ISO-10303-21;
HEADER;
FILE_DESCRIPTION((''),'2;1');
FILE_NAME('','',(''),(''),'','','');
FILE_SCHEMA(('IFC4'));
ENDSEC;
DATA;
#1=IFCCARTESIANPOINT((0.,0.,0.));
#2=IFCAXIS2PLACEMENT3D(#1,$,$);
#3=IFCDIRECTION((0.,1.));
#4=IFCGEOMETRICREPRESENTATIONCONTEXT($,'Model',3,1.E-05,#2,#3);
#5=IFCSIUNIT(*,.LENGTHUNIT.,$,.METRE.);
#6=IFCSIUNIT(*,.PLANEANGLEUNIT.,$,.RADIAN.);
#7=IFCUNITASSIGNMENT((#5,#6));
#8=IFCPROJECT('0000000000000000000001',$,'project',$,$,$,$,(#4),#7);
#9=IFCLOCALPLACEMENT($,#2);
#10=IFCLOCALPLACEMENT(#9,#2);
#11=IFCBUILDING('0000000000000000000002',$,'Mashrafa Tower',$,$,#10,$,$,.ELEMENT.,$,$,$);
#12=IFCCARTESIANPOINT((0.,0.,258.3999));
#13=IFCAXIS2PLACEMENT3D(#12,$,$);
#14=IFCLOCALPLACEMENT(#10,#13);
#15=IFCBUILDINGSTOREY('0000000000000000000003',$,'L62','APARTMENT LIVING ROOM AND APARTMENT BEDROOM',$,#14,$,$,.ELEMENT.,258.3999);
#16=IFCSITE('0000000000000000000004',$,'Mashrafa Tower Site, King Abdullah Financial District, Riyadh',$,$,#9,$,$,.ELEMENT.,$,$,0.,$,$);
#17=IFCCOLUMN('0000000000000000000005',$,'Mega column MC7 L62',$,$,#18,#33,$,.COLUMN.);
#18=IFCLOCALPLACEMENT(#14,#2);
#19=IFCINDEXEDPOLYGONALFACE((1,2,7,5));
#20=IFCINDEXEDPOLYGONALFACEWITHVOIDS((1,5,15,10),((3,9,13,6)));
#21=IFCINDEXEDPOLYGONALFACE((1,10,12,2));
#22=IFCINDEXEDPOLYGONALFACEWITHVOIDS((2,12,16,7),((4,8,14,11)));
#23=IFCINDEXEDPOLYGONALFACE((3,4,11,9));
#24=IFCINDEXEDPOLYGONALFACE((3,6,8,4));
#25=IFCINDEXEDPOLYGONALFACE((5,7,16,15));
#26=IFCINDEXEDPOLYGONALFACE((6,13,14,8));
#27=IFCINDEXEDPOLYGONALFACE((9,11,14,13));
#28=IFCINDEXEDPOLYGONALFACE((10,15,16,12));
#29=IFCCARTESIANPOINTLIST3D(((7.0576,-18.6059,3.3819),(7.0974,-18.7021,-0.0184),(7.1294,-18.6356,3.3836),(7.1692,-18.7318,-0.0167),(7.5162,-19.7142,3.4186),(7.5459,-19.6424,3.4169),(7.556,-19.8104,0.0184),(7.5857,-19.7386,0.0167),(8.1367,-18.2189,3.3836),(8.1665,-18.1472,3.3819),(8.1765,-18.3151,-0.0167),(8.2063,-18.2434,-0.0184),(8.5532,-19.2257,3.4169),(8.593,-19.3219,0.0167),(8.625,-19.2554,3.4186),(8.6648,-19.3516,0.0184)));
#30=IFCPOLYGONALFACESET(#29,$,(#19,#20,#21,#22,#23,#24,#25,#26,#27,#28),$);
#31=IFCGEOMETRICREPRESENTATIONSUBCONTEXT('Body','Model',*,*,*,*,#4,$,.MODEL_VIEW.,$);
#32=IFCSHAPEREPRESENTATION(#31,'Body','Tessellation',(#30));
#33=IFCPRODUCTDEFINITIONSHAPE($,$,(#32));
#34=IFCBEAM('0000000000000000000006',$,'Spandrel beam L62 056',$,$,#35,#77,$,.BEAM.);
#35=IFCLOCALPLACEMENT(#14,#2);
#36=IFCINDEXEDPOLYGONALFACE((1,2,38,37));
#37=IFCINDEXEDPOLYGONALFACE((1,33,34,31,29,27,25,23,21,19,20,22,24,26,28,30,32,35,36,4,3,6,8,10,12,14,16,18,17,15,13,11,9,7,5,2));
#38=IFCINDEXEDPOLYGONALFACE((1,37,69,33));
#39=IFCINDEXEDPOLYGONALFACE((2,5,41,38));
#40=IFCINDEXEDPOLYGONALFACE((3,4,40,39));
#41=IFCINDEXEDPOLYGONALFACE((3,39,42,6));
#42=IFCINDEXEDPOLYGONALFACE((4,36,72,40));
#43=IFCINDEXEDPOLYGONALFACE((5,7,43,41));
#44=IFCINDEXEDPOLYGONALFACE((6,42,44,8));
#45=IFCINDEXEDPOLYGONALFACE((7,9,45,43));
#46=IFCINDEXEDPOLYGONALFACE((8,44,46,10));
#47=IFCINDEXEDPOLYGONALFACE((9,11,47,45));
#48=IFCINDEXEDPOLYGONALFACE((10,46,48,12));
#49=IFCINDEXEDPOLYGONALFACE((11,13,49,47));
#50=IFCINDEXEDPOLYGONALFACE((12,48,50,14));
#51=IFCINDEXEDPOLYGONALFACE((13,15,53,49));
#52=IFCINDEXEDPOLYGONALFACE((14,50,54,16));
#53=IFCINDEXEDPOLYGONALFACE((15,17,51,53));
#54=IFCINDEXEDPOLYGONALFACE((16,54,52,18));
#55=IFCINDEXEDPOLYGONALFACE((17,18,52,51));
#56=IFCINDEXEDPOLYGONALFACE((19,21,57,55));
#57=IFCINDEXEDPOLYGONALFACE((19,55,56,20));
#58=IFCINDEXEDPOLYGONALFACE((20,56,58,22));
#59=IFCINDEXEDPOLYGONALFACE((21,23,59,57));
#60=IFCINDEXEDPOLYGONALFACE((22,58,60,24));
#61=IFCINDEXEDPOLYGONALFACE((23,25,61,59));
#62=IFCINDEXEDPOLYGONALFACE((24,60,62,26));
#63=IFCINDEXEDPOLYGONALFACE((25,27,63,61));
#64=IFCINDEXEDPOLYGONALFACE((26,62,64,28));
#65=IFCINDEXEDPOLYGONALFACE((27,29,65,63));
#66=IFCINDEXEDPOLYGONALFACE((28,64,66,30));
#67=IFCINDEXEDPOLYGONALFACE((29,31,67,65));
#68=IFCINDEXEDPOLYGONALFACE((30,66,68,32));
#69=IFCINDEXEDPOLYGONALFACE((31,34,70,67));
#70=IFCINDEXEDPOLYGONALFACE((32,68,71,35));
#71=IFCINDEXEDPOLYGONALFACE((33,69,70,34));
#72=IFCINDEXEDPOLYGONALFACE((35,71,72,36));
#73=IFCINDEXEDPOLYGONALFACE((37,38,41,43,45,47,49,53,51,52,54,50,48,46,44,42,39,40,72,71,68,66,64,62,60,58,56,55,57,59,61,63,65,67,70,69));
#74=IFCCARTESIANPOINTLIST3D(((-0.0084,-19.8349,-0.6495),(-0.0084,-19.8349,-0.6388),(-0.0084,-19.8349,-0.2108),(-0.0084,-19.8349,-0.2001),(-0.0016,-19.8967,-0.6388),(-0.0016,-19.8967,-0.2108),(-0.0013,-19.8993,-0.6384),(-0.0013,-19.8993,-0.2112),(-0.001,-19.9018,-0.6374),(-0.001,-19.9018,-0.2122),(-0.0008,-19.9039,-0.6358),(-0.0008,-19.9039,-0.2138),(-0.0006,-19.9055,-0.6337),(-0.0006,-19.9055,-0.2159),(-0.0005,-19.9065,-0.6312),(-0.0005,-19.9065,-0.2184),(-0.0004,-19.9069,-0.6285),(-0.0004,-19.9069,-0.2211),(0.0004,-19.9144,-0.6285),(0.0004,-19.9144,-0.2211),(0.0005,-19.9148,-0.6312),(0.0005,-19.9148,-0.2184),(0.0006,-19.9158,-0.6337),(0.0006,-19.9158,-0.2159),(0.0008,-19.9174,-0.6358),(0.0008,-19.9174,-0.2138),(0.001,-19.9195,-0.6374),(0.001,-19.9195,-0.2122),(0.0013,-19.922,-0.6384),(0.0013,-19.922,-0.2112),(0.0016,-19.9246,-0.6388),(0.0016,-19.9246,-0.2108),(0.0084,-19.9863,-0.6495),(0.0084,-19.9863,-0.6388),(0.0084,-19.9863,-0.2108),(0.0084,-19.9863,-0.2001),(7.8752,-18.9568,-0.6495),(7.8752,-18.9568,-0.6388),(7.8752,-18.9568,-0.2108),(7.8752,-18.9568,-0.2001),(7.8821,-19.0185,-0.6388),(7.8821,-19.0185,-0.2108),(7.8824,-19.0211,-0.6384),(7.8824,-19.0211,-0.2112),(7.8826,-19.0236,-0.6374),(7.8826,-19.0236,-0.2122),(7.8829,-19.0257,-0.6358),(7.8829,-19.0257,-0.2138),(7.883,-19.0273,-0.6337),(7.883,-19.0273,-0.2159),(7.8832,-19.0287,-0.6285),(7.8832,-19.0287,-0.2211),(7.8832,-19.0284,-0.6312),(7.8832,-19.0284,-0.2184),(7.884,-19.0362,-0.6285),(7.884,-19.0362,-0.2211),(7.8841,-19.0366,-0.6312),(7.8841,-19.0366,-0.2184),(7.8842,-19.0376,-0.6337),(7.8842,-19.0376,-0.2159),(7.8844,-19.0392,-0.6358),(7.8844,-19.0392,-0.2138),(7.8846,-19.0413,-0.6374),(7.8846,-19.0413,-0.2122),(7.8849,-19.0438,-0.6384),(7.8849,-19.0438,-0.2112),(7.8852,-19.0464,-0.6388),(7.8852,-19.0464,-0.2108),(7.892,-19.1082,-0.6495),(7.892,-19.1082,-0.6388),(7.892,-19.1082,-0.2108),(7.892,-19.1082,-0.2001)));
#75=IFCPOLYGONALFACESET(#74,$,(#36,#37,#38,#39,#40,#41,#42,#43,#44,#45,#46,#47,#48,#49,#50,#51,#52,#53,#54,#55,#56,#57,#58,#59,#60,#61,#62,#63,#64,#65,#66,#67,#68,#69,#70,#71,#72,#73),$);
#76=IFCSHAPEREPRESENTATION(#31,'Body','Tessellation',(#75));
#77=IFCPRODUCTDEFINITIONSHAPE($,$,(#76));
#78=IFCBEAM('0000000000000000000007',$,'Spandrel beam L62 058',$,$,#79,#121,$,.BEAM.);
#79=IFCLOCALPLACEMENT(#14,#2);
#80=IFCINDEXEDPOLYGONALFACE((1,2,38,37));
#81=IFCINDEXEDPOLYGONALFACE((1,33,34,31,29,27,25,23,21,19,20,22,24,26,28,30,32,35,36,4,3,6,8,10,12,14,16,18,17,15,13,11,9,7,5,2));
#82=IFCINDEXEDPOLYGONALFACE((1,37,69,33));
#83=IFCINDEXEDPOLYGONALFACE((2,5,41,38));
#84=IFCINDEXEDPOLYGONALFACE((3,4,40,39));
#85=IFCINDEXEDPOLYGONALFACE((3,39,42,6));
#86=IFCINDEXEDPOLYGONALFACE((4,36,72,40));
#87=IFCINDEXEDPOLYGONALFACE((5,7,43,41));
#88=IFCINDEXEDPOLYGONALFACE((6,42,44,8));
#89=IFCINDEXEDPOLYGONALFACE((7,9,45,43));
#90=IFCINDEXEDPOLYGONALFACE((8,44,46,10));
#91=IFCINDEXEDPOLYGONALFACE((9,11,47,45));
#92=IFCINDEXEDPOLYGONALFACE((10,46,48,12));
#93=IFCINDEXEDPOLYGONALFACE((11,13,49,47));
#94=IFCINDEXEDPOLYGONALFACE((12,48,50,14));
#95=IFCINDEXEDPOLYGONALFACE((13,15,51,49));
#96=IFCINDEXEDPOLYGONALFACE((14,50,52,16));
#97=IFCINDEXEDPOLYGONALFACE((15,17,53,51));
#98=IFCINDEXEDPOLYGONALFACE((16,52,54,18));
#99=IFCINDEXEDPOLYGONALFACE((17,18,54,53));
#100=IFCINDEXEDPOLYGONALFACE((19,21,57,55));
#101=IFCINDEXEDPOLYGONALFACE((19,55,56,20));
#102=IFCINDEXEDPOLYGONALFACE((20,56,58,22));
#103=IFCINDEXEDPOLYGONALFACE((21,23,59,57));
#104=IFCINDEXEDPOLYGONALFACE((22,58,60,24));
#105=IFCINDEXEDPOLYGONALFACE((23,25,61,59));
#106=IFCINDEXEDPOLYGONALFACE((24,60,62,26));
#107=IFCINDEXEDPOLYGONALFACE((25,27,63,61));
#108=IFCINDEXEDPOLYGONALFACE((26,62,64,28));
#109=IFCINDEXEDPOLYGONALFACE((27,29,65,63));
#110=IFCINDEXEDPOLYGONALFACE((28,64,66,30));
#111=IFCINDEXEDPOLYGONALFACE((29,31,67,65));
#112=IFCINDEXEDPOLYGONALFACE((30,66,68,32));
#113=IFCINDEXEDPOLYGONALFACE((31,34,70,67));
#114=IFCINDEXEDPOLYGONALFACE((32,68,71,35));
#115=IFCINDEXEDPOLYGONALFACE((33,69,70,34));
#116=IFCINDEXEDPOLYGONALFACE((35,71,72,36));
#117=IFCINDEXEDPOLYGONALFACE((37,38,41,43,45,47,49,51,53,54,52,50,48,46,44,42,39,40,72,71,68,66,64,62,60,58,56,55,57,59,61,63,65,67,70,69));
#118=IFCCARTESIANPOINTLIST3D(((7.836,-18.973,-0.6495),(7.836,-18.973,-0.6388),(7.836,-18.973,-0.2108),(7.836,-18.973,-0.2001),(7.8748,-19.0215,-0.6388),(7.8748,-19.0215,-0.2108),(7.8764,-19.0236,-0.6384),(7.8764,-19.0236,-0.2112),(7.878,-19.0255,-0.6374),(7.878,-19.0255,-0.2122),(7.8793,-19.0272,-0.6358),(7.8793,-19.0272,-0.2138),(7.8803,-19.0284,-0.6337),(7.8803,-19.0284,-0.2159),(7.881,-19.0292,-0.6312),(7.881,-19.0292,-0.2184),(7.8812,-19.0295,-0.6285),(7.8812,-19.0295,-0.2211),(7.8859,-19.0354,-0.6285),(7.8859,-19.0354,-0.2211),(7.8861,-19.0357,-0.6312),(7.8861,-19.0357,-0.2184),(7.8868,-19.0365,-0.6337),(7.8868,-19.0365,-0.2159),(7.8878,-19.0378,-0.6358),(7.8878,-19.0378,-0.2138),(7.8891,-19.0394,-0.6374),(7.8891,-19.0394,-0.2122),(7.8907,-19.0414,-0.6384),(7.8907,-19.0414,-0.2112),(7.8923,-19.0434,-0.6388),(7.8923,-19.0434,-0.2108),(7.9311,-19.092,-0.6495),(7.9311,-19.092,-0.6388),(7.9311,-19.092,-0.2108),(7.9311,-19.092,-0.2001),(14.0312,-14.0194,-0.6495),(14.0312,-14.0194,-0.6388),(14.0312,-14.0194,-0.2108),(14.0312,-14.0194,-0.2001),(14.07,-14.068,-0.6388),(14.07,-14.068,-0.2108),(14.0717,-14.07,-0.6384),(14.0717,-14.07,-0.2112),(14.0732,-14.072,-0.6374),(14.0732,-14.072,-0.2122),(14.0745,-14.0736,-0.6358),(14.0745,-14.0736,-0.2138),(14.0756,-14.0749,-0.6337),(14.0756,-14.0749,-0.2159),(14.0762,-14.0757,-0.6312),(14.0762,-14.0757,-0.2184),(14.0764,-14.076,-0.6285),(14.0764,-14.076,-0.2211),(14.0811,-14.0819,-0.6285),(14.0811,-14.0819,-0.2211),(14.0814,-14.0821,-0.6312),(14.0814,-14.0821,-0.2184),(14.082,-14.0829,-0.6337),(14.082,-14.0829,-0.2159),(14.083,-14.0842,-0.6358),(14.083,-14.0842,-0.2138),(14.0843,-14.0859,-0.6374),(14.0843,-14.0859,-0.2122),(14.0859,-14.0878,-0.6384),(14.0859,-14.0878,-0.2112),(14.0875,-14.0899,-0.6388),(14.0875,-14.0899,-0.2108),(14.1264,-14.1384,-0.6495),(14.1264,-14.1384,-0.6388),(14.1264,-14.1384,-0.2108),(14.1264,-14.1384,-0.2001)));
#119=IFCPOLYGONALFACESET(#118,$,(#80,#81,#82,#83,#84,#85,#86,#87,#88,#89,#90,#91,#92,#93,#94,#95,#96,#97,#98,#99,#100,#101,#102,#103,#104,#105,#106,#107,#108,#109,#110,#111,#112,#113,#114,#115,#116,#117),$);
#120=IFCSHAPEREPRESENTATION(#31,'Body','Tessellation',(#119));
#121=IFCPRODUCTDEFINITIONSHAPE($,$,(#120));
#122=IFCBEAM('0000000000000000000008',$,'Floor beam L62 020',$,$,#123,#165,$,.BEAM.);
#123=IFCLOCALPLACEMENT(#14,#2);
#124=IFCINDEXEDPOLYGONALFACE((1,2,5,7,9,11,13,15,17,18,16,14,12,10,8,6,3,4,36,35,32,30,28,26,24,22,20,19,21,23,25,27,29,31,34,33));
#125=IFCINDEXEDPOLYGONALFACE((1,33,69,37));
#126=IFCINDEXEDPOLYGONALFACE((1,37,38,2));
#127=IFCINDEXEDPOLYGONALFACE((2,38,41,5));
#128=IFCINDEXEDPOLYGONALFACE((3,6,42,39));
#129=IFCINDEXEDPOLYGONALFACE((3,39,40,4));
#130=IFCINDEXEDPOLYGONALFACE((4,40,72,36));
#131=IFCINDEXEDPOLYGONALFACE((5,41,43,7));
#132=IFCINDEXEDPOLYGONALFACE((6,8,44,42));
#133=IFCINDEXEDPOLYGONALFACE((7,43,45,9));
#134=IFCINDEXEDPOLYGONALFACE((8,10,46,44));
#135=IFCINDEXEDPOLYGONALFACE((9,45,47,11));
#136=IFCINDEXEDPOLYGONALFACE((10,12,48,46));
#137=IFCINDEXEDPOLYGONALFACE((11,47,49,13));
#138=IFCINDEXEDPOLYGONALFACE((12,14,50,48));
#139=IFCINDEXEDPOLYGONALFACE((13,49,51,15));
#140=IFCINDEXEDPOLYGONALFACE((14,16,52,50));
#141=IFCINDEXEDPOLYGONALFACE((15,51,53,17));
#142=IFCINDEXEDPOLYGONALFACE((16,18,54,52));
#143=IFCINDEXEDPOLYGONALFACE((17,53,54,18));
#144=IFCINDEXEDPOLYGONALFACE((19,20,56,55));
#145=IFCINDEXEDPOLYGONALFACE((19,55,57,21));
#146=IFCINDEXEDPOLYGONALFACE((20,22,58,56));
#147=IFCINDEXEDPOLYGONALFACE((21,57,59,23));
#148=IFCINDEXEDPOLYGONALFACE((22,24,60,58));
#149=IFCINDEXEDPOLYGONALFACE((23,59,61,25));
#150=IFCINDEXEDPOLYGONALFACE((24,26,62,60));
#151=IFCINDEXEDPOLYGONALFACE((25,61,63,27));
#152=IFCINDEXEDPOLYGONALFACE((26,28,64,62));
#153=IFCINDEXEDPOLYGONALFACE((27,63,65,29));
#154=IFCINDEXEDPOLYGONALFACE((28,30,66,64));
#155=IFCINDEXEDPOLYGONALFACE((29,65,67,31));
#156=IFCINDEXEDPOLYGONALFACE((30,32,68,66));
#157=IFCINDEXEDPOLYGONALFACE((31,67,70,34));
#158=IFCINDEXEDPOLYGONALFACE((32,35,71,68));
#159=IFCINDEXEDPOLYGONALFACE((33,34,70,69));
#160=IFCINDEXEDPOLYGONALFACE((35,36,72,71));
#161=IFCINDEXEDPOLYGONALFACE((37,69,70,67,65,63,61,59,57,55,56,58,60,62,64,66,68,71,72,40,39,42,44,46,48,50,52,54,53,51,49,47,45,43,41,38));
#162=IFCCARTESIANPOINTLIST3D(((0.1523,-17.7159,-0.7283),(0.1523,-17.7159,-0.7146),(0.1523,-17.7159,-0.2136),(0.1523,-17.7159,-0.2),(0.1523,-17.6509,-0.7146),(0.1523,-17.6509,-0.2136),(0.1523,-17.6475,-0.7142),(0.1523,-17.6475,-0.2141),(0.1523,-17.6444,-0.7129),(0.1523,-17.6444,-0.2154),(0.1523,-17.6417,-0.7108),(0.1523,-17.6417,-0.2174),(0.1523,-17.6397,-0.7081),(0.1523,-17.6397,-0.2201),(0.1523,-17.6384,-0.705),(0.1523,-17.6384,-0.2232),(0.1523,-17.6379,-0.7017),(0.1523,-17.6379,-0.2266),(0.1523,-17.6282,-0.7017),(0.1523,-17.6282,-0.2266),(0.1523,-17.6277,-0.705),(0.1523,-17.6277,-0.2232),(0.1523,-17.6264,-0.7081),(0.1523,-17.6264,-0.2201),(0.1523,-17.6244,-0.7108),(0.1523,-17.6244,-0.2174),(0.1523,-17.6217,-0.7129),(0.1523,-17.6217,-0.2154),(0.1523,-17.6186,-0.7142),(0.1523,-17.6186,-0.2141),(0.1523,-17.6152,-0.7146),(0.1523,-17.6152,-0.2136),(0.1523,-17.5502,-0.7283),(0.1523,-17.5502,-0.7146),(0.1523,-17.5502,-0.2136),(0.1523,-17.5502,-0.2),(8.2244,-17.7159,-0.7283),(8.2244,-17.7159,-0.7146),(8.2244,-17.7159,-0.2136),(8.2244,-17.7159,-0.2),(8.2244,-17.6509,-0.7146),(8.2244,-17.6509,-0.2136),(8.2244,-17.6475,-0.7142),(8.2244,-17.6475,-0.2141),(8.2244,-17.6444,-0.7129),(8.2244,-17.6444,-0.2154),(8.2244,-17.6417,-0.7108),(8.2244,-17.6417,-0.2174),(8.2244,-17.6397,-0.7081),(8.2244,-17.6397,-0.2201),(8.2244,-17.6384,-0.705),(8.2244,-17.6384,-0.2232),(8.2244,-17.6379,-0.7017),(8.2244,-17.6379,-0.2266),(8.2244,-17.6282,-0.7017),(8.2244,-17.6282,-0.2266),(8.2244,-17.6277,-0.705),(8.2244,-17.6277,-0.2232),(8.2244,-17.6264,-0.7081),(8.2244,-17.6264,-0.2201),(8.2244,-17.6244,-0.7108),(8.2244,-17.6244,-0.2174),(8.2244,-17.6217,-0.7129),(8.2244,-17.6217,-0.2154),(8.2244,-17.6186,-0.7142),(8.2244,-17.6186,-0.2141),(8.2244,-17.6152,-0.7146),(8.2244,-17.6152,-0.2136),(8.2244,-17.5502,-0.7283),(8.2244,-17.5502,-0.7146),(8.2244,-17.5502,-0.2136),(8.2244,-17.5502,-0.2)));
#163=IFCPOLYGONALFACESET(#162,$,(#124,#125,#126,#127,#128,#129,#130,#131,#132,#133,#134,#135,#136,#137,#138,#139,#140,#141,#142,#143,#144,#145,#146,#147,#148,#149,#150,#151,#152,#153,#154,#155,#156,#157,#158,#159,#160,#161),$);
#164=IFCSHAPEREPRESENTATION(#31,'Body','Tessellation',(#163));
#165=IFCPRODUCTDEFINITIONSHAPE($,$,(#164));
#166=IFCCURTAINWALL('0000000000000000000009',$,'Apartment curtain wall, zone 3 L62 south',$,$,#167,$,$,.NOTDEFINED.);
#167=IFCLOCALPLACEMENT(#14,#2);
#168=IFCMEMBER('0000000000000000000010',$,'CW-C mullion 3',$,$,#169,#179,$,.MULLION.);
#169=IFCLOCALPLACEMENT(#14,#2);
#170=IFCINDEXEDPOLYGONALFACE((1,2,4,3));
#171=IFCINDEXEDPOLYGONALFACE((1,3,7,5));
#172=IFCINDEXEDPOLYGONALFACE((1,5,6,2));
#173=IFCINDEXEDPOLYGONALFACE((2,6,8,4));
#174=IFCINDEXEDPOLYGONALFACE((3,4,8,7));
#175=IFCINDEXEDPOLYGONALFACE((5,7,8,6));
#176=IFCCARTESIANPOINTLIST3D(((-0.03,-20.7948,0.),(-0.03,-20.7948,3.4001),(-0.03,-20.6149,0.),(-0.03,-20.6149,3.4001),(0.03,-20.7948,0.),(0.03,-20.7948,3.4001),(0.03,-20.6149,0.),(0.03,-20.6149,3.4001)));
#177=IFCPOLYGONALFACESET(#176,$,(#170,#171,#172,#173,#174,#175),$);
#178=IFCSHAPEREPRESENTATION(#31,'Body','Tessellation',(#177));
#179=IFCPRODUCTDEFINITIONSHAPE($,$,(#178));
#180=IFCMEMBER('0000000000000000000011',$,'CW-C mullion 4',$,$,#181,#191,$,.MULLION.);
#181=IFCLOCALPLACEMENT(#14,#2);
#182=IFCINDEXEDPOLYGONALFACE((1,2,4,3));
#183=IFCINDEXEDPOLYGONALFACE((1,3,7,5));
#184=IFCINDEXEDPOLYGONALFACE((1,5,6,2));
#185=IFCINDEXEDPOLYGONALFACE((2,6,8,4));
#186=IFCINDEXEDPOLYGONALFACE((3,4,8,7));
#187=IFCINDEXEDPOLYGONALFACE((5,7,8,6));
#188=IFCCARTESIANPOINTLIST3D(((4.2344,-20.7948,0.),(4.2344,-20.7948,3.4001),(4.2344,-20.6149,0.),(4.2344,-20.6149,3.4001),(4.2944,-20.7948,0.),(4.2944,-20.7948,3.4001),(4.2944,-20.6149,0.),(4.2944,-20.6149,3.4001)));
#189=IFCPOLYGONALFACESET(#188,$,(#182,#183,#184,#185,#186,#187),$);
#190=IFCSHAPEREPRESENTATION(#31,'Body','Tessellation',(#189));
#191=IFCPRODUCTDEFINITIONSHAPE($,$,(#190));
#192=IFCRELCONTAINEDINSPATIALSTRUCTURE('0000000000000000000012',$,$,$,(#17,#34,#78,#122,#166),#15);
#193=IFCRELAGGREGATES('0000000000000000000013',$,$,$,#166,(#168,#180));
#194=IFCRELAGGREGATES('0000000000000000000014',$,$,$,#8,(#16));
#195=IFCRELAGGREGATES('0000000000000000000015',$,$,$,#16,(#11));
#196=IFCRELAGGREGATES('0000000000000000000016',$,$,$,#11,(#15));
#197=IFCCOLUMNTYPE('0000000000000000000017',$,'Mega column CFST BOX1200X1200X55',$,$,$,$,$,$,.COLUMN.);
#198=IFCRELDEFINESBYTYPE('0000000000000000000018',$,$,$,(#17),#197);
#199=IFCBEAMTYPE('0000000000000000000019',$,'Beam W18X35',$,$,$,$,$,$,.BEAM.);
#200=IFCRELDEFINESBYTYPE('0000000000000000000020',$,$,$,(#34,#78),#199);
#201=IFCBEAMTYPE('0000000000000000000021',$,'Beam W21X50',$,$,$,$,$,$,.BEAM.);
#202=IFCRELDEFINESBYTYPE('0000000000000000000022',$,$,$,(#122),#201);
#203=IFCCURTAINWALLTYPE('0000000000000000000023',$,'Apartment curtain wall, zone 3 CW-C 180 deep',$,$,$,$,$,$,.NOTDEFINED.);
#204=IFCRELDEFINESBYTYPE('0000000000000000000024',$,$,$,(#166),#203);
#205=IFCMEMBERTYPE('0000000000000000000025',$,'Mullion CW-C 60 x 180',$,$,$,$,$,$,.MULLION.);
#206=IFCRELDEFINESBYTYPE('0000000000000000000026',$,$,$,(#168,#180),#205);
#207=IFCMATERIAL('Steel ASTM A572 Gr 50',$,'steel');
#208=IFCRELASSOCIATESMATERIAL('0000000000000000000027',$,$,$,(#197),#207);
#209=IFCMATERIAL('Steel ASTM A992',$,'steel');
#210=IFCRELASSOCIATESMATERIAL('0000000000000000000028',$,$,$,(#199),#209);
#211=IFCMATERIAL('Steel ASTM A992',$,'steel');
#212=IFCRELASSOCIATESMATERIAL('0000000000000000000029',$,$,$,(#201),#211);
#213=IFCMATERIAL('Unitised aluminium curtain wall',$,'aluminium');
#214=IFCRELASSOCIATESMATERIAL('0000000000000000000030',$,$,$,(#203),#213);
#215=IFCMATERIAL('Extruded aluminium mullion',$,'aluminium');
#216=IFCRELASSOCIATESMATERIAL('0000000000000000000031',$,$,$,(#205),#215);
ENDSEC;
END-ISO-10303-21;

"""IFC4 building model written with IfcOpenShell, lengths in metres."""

from ifc_helpers import new_model, si_unit, direction, frame, origin, origin_2d, place, context, subcontext, project, spatial, rectangle, hollow_rectangle, i_section, extrude, source, transform, mapped, material, material_profile, profile_set, type_object, type_shapes, element, aggregate, save


model = new_model("IFC4")

# Units and contexts
model_context = context("Model", 3, precision=1e-05, world=origin(), true_north=direction((0.0, 1.0)))
body_context = subcontext(model_context, "Body", "Model", "MODEL_VIEW")
ifc_project = project(units=[si_unit("LENGTHUNIT", "METRE"), si_unit("PLANEANGLEUNIT", "RADIAN")], contexts=[model_context])

# Site, building, storey
site_placement = place(None, origin())
site = spatial("IfcSite", under=ifc_project, at=site_placement, Name="Mashrafa Tower Site, King Abdullah Financial District, Riyadh", CompositionType="ELEMENT", RefElevation=0.0)
building_placement = place(site_placement, origin())
building = spatial("IfcBuilding", under=site, at=building_placement, Name="Mashrafa Tower", CompositionType="ELEMENT")
storey_placement = place(building_placement, frame((0.0, 0.0, 258.3999)))
storey = spatial("IfcBuildingStorey", under=building, at=storey_placement, Name="L62", Description="APARTMENT LIVING ROOM AND APARTMENT BEDROOM", CompositionType="ELEMENT", Elevation=258.3999)

# Column
ifc_material_1 = material(Name="Steel ASTM A572 Gr 50", Category="steel")
ifc_material_profile_1 = material_profile(ifc_material_1, hollow_rectangle(XDim=1.2, YDim=1.2, WallThickness=0.0549, at=origin_2d()), Name="BOX1200X1200X55")
ifc_profile_set_1 = profile_set([ifc_material_profile_1], Name="Steel ASTM A572 Gr 50")
column_type = type_object("IfcColumnType", Name="Mega column CFST BOX1200X1200X55", PredefinedType="COLUMN", material=ifc_profile_set_1)
column_placement = place(storey_placement, frame((7.8811, -19.0269, 0.0), z_axis=(-0.011698, 0.028277, 0.999532), x_axis=(-0.924045, -0.382283, 0.0)))
element("IfcColumn", 1, at=column_placement, inside=storey, type_object=column_type, Name="Mega column MC7 L62", PredefinedType="COLUMN", context=body_context, shape_type="SweptSolid", body=[
    extrude(hollow_rectangle(XDim=1.2, YDim=1.2, WallThickness=0.0549, at=origin_2d()), origin(), (0.0, 0.0, 1.0), 3.4019),
])

# Beams
ifc_material_2 = material(Name="Steel ASTM A992", Category="steel")
ifc_material_profile_2 = material_profile(ifc_material_2, i_section(OverallWidth=0.1523, OverallDepth=0.4495, WebThickness=0.0076, FlangeThickness=0.0107, FilletRadius=0.0103, at=origin_2d()), Name="W18X35")
ifc_profile_set_2 = profile_set([ifc_material_profile_2], Name="Steel ASTM A992")
beam_type_1 = type_object("IfcBeamType", Name="Beam W18X35", PredefinedType="BEAM", material=ifc_profile_set_2)
beam_1_placement = place(storey_placement, frame((0.0, -19.9106, -0.4248), z_axis=(0.993853, 0.110709, 0.0), x_axis=(-0.110709, 0.993853, 0.0)))
element("IfcBeam", 2, at=beam_1_placement, inside=storey, type_object=beam_type_1, Name="Spandrel beam L62 056", PredefinedType="BEAM", context=body_context, shape_type="SweptSolid", body=[
    extrude(i_section(OverallWidth=0.1523, OverallDepth=0.4495, WebThickness=0.0076, FlangeThickness=0.0107, FilletRadius=0.0103, at=origin_2d()), origin(), (0.0, 0.0, 1.0), 7.9324),
])
beam_2_placement = place(storey_placement, frame((7.8835, -19.0325, -0.4248), z_axis=(0.781031, 0.624492, 0.0), x_axis=(-0.624492, 0.781031, 0.0)))
element("IfcBeam", 3, at=beam_2_placement, inside=storey, type_object=beam_type_1, Name="Spandrel beam L62 058", PredefinedType="BEAM", context=body_context, shape_type="SweptSolid", body=[
    extrude(i_section(OverallWidth=0.1523, OverallDepth=0.4495, WebThickness=0.0076, FlangeThickness=0.0107, FilletRadius=0.0103, at=origin_2d()), origin(), (0.0, 0.0, 1.0), 7.9321),
])
ifc_material_3 = material(Name="Steel ASTM A992", Category="steel")
ifc_material_profile_3 = material_profile(ifc_material_3, i_section(OverallWidth=0.1658, OverallDepth=0.5283, WebThickness=0.0098, FlangeThickness=0.0137, FilletRadius=0.0129, at=origin_2d()), Name="W21X50")
ifc_profile_set_3 = profile_set([ifc_material_profile_3], Name="Steel ASTM A992")
beam_type_2 = type_object("IfcBeamType", Name="Beam W21X50", PredefinedType="BEAM", material=ifc_profile_set_3)
beam_3_placement = place(storey_placement, frame((8.2244, -17.6331, -0.4641), z_axis=(-1.0, 0.0, 0.0), x_axis=(0.0, -1.0, 0.0)))
element("IfcBeam", 4, at=beam_3_placement, inside=storey, type_object=beam_type_2, Name="Floor beam L62 020", PredefinedType="BEAM", context=body_context, shape_type="SweptSolid", body=[
    extrude(i_section(OverallWidth=0.1658, OverallDepth=0.5283, WebThickness=0.0098, FlangeThickness=0.0137, FilletRadius=0.0129, at=origin_2d()), origin(), (0.0, 0.0, 1.0), 8.072),
])

# Curtain wall, members
ifc_material_4 = material(Name="Unitised aluminium curtain wall", Category="aluminium")
curtain_wall_type = type_object("IfcCurtainWallType", Name="Apartment curtain wall, zone 3 CW-C 180 deep", PredefinedType="NOTDEFINED", material=ifc_material_4)
curtain_wall_1_placement = place(storey_placement, origin())
curtain_wall_1 = element("IfcCurtainWall", 5, at=curtain_wall_1_placement, inside=storey, type_object=curtain_wall_type, Name="Apartment curtain wall, zone 3 L62 south", PredefinedType="NOTDEFINED")
ifc_material_5 = material(Name="Extruded aluminium mullion", Category="aluminium")
ifc_material_profile_4 = material_profile(ifc_material_5, rectangle(XDim=0.1799, YDim=0.0601, at=origin_2d()), Name="Mullion 60x180")
ifc_profile_set_4 = profile_set([ifc_material_profile_4], Name="Extruded aluminium mullion")
member_type_1 = type_object("IfcMemberType", Name="Mullion CW-C 60 x 180", PredefinedType="MULLION", material=ifc_profile_set_4)
shared_shape_1 = source(origin(), body_context, "Body", "SweptSolid", [
    extrude(rectangle(XDim=0.1799, YDim=0.0601, at=origin_2d()), origin(), (0.0, 0.0, 1.0), 3.4001),
])
type_shapes(member_type_1, [shared_shape_1])
member_1_placement = place(storey_placement, frame((0.0, -20.7048, 0.0), z_axis=(0.0, 0.0, 1.0), x_axis=(0.0, 1.0, 0.0)))
member_1 = element("IfcMember", 6, at=member_1_placement, type_object=member_type_1, Name="CW-C mullion 3", PredefinedType="MULLION", context=body_context, shape_type="MappedRepresentation", body=[
    mapped(shared_shape_1, transform((0.0, 0.0, 0.0))),
])
member_2_placement = place(storey_placement, frame((4.2644, -20.7048, 0.0), z_axis=(0.0, 0.0, 1.0), x_axis=(0.0, 1.0, 0.0)))
member_2 = element("IfcMember", 7, at=member_2_placement, type_object=member_type_1, Name="CW-C mullion 4", PredefinedType="MULLION", context=body_context, shape_type="MappedRepresentation", body=[
    mapped(shared_shape_1, transform((0.0, 0.0, 0.0))),
])

aggregate(curtain_wall_1, [member_1, member_2])

save(model, "model.ifc")
